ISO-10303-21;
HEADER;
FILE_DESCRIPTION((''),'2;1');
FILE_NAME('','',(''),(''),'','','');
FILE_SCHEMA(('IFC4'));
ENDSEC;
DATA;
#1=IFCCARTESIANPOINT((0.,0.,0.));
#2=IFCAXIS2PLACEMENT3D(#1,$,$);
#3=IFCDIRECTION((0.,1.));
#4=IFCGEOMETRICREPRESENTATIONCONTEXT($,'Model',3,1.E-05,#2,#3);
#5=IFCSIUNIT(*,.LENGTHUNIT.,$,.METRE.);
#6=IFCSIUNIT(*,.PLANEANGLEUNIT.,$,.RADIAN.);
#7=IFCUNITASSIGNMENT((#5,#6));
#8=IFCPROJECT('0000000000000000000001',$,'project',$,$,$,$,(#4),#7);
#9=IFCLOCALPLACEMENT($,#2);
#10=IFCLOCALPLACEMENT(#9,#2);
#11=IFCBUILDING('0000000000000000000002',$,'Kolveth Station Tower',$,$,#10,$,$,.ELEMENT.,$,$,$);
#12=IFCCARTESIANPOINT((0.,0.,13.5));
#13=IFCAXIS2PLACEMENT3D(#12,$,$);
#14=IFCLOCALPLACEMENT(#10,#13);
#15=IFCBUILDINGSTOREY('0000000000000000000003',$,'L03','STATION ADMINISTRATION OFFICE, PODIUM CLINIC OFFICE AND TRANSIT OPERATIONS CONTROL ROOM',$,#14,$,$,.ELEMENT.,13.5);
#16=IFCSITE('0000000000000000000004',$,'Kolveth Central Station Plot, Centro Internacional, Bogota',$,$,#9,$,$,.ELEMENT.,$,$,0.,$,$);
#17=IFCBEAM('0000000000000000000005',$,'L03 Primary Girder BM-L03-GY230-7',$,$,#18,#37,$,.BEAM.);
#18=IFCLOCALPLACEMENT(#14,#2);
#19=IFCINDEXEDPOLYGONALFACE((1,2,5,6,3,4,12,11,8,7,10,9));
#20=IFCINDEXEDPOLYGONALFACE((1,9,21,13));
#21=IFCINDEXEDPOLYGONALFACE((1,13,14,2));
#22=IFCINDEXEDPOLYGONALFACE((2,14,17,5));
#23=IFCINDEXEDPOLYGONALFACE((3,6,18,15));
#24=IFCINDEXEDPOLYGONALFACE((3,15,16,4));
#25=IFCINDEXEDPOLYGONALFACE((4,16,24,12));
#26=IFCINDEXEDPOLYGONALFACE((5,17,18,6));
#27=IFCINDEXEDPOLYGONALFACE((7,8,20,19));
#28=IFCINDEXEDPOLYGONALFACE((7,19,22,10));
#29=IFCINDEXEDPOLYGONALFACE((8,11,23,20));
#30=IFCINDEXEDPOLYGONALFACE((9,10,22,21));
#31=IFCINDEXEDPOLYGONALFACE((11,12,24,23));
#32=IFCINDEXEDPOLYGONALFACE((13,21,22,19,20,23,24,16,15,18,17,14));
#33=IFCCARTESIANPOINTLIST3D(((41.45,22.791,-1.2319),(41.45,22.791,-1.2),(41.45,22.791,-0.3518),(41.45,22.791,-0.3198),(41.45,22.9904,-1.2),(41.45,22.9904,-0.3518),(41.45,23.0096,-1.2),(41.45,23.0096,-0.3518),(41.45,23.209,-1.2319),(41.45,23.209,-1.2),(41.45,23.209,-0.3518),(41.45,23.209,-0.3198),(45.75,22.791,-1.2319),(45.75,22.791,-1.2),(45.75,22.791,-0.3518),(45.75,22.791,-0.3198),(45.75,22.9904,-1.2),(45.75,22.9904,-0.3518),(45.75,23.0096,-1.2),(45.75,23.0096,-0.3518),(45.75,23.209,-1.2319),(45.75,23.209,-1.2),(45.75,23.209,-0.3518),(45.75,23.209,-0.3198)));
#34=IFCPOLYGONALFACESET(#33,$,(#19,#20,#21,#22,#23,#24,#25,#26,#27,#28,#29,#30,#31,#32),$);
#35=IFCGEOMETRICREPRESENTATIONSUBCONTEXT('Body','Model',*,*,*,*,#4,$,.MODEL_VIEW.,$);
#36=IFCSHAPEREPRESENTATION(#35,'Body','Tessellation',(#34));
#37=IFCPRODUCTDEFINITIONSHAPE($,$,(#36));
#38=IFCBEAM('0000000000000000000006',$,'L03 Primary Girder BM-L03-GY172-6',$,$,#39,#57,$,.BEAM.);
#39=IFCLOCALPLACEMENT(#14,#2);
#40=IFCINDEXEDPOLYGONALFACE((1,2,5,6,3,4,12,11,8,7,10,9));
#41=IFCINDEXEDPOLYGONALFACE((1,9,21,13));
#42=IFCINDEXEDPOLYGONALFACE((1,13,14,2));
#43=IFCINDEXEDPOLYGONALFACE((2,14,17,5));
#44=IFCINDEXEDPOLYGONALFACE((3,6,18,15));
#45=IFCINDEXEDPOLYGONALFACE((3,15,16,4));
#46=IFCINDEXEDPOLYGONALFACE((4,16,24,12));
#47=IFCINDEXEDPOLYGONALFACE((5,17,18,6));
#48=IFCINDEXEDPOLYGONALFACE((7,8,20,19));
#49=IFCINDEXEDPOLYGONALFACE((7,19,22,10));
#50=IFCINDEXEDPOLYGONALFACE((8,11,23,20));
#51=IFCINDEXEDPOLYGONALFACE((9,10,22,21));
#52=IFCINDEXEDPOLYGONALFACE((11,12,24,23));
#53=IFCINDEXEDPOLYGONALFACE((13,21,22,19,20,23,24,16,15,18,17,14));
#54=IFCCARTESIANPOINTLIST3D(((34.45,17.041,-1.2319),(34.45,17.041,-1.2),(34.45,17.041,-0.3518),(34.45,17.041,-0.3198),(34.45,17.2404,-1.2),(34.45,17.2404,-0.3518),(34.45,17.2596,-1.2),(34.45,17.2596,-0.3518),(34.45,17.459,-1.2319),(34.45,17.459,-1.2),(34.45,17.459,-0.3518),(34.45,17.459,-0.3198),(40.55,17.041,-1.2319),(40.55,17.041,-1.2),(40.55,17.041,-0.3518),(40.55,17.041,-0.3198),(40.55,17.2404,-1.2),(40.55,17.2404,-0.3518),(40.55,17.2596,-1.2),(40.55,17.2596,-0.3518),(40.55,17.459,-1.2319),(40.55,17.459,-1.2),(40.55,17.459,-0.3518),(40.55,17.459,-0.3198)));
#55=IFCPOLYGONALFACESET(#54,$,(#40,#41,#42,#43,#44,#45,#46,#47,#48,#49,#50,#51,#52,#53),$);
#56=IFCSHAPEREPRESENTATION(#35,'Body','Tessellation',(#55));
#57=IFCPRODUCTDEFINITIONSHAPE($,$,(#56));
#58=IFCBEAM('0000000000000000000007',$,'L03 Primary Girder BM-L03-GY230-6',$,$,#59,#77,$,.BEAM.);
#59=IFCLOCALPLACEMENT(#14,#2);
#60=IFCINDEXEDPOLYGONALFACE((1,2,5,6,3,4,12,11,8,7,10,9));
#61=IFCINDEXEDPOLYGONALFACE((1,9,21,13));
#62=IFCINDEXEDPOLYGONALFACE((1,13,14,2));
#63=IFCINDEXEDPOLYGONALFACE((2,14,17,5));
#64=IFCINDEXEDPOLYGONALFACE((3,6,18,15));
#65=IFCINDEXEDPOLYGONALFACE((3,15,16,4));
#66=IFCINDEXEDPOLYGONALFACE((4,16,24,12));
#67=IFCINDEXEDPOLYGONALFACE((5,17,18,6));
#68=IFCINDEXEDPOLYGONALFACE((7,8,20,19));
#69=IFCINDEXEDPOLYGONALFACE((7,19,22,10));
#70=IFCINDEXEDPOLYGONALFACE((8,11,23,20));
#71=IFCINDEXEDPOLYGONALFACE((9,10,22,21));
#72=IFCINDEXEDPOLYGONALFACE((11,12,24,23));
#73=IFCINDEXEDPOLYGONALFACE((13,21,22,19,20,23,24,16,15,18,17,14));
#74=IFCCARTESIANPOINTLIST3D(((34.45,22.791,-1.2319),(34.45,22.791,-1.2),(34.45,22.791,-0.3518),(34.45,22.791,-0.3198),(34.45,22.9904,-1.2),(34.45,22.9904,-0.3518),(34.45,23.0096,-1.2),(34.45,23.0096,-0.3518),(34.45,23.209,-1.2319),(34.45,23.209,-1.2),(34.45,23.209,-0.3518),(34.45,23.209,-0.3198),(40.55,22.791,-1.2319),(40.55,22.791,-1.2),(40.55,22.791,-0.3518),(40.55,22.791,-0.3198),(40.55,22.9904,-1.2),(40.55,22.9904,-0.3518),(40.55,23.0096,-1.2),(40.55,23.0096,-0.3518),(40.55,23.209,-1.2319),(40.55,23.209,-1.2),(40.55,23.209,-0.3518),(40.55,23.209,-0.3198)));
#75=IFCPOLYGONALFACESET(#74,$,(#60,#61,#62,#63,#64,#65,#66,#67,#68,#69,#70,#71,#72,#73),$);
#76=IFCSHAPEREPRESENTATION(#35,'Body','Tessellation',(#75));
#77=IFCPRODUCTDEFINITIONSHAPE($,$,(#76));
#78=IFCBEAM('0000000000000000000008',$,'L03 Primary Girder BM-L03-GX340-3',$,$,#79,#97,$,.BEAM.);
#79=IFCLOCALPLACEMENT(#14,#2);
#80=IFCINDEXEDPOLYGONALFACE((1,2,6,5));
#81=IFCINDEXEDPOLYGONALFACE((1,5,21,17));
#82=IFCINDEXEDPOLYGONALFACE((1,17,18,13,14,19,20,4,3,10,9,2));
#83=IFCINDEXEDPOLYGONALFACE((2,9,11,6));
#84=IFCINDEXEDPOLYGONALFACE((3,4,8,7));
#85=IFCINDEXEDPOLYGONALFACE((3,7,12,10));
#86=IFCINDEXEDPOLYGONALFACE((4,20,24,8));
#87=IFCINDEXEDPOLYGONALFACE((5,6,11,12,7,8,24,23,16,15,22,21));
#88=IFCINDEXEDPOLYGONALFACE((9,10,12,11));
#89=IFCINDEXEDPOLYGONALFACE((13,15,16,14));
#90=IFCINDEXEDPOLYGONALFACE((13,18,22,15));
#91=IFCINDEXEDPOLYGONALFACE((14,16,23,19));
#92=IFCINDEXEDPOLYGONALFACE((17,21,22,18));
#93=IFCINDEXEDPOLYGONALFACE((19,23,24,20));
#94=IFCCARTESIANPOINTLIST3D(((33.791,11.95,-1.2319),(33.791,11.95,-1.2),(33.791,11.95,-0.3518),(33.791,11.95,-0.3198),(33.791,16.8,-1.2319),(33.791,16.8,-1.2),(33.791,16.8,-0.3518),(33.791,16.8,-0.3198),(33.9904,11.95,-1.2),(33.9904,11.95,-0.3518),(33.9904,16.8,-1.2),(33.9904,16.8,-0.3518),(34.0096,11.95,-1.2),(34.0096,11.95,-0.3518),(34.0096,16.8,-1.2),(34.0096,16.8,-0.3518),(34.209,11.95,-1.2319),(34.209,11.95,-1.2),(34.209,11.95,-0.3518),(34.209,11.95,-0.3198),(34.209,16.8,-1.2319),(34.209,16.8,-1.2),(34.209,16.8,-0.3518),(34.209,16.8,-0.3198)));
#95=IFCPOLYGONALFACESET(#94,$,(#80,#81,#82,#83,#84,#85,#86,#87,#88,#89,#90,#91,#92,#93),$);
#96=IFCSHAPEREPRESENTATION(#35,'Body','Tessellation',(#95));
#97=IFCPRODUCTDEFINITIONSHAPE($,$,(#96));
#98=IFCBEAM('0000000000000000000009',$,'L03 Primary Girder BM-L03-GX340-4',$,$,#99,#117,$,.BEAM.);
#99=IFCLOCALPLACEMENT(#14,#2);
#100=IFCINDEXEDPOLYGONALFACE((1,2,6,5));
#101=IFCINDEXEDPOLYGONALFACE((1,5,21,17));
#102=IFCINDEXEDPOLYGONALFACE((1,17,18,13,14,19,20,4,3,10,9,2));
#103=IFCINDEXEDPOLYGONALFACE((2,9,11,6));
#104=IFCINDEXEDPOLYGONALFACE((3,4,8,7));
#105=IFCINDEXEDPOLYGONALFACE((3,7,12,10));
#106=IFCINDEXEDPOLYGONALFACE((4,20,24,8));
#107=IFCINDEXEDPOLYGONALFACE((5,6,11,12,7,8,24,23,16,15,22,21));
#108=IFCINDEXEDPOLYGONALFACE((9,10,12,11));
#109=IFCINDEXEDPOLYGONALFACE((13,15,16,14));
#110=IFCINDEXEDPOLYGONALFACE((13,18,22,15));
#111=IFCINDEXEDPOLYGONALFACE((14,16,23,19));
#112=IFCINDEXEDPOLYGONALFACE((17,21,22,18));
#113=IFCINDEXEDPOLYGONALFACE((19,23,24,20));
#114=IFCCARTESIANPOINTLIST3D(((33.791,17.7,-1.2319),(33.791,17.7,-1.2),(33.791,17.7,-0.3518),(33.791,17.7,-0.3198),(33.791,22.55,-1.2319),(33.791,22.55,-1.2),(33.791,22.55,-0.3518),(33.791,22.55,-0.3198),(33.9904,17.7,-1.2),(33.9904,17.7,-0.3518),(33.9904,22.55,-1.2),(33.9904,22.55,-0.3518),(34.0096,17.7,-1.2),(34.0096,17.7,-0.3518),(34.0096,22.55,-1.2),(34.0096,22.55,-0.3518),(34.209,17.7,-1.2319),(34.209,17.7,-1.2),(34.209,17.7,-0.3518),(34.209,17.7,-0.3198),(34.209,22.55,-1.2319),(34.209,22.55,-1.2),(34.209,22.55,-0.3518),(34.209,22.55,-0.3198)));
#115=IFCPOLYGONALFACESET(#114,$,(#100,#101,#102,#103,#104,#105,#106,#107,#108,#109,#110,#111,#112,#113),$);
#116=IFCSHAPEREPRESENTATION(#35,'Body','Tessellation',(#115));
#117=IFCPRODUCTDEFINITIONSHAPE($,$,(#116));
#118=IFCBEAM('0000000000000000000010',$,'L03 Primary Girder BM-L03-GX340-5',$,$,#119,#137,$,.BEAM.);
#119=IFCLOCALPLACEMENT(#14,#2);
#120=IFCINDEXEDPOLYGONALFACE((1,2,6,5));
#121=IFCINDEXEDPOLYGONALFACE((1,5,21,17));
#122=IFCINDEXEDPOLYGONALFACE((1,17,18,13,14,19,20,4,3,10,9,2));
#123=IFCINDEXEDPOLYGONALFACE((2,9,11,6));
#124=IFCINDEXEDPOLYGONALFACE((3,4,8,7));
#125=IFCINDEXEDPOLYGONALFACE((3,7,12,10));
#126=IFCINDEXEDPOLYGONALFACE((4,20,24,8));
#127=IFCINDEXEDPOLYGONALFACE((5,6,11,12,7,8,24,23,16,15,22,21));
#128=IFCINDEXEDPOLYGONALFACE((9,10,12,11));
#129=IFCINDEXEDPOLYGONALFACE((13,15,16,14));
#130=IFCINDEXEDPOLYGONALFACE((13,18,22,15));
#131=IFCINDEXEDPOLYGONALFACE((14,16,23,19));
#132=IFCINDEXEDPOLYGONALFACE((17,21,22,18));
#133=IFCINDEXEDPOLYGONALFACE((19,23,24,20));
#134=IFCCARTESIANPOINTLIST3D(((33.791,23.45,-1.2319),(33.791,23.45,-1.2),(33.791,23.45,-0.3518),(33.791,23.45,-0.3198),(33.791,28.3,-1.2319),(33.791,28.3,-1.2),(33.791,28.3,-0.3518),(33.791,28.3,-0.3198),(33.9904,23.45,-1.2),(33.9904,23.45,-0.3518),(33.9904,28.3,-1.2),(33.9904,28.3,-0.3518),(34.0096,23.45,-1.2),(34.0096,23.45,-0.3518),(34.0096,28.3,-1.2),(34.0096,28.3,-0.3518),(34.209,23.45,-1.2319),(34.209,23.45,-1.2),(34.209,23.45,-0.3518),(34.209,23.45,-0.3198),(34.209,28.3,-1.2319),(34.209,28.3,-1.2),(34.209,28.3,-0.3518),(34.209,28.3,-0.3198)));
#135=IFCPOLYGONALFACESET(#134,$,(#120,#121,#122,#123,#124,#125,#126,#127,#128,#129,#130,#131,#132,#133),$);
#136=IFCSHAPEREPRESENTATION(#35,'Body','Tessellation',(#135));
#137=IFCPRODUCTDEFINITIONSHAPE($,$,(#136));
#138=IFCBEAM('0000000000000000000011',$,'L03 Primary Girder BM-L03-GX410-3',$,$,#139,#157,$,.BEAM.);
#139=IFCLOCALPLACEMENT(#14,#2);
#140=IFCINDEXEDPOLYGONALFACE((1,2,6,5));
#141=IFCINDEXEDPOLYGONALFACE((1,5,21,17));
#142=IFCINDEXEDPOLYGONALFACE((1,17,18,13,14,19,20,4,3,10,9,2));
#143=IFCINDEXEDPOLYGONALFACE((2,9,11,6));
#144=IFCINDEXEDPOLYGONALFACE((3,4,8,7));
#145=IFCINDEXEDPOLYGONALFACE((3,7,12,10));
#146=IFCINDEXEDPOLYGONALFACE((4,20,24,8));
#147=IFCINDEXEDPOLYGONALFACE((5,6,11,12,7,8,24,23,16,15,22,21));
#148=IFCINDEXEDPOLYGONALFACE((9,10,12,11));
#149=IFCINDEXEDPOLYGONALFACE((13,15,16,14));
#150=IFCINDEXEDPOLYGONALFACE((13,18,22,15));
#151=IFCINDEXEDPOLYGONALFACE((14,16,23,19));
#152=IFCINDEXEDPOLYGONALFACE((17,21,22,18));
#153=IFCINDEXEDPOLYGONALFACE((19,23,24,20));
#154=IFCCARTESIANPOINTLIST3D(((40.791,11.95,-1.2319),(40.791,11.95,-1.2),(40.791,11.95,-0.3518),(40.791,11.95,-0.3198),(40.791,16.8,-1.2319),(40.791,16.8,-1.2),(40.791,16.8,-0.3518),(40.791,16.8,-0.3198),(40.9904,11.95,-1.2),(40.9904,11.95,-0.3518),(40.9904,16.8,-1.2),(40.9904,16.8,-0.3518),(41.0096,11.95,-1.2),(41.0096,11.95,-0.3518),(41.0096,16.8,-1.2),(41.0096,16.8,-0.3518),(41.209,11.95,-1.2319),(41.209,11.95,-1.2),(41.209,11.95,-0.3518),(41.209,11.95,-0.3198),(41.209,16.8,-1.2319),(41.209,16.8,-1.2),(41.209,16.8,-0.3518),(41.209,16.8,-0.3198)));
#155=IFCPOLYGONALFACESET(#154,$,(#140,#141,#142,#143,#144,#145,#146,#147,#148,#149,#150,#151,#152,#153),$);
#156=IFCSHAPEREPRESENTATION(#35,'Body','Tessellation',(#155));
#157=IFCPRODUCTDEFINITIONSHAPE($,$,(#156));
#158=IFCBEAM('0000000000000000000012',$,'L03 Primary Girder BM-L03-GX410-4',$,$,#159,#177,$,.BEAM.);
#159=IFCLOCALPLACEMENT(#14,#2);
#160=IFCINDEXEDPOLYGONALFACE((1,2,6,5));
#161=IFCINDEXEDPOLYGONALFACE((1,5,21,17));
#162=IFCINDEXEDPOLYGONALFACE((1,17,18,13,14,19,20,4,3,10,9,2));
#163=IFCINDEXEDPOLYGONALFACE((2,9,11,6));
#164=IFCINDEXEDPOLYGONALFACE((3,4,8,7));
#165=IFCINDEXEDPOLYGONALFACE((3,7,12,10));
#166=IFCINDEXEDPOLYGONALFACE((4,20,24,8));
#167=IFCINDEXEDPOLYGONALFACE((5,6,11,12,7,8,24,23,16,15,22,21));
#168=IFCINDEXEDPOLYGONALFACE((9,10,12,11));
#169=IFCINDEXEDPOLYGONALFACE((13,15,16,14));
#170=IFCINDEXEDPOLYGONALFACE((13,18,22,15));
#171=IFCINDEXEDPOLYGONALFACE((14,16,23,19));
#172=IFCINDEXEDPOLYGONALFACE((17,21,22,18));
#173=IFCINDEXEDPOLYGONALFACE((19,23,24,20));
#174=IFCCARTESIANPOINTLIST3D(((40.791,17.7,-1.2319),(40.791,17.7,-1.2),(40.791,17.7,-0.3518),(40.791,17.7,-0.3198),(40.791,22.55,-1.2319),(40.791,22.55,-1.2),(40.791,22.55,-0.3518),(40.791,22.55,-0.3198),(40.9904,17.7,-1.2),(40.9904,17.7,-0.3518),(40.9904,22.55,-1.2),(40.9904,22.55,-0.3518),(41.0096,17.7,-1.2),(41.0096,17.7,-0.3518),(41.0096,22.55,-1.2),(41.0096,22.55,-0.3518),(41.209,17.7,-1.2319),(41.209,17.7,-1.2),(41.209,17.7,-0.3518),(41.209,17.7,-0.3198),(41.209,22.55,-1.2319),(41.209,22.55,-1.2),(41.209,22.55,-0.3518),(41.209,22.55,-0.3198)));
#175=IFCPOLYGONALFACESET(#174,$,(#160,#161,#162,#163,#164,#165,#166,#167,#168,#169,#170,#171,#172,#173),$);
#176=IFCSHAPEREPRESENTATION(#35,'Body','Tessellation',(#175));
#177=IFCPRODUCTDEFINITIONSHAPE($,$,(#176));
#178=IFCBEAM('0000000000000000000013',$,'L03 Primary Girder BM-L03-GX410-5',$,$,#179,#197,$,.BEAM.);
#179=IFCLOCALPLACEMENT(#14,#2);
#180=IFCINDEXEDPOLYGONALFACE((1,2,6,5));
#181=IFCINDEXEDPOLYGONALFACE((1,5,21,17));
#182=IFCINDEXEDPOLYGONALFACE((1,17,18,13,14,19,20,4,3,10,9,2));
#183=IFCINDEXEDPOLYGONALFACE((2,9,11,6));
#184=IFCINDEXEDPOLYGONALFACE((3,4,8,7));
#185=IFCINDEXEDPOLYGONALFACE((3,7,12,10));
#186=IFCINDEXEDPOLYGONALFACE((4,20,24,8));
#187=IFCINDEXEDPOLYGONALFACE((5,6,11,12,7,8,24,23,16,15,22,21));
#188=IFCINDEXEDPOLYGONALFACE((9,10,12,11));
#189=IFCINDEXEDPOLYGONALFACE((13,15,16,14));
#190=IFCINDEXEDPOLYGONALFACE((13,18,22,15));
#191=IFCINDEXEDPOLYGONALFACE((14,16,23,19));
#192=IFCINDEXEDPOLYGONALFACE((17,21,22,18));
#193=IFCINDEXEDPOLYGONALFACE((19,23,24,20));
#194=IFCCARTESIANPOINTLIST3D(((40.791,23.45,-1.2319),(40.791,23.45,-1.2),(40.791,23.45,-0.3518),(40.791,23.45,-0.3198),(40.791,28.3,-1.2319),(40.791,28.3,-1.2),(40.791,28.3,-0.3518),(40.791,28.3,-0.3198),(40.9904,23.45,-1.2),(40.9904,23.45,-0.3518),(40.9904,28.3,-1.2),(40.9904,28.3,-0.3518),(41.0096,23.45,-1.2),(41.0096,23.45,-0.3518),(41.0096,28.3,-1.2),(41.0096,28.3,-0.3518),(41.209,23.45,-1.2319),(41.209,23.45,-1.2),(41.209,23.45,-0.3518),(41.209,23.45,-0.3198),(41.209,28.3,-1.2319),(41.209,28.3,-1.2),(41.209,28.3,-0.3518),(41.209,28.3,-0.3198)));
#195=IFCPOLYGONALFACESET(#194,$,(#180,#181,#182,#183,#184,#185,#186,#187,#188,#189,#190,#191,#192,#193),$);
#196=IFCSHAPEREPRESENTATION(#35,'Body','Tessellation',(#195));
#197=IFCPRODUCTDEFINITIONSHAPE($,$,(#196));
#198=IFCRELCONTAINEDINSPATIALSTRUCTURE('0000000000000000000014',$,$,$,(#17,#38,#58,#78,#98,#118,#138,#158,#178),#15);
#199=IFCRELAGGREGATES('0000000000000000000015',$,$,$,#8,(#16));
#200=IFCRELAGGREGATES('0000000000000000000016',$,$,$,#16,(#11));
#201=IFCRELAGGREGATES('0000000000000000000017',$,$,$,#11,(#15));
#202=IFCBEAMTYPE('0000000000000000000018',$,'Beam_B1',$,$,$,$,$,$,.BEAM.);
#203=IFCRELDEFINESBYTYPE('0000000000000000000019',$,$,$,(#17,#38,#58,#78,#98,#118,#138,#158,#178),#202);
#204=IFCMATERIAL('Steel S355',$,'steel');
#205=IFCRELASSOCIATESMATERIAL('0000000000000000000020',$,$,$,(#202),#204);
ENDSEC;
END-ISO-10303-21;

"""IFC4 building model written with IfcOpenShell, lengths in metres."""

from ifc_helpers import new_model, si_unit, direction, frame, origin, origin_2d, place, context, subcontext, project, spatial, i_section, extrude, source, transform, mapped, material, material_profile, profile_set, type_object, element, save


model = new_model("IFC4")

# Units and contexts
model_context = context("Model", 3, precision=1e-05, world=origin(), true_north=direction((0.0, 1.0)))
body_context = subcontext(model_context, "Body", "Model", "MODEL_VIEW")
ifc_project = project(units=[si_unit("LENGTHUNIT", "METRE"), si_unit("PLANEANGLEUNIT", "RADIAN")], contexts=[model_context])

# Site, building, storey
site_placement = place(None, origin())
site = spatial("IfcSite", under=ifc_project, at=site_placement, Name="Kolveth Central Station Plot, Centro Internacional, Bogota", CompositionType="ELEMENT", RefElevation=0.0)
building_placement = place(site_placement, origin())
building = spatial("IfcBuilding", under=site, at=building_placement, Name="Kolveth Station Tower", CompositionType="ELEMENT")
storey_placement = place(building_placement, frame((0.0, 0.0, 13.5)))
storey = spatial("IfcBuildingStorey", under=building, at=storey_placement, Name="L03", Description="STATION ADMINISTRATION OFFICE, PODIUM CLINIC OFFICE AND TRANSIT OPERATIONS CONTROL ROOM", CompositionType="ELEMENT", Elevation=13.5)

# Beams
ifc_material_1 = material(Name="Steel S355", Category="steel")
ifc_material_profile_1 = material_profile(ifc_material_1, i_section(OverallWidth=0.418, OverallDepth=0.9121, WebThickness=0.0193, FlangeThickness=0.032, at=origin_2d()), Name="W920x342")
ifc_profile_set_1 = profile_set([ifc_material_profile_1], Name="Steel S355")
beam_type_1 = type_object("IfcBeamType", Name="Beam_B1", PredefinedType="BEAM", material=ifc_profile_set_1)
shared_shape_1 = source(origin(), body_context, "Body", "SweptSolid", [
    extrude(i_section(OverallWidth=0.418, OverallDepth=0.9121, WebThickness=0.0193, FlangeThickness=0.032, at=origin_2d()), origin(), (0.0, 0.0, 1.0), 4.3),
])
for number, where, z_axis, x_axis, name in (
    (1, (41.45, 23.0, -0.7759), (1.0, 0.0, 0.0), (0.0, 1.0, 0.0), "L03 Primary Girder BM-L03-GY230-7"),
):
    element("IfcBeam", number, at=place(storey_placement, frame(where, z_axis=z_axis, x_axis=x_axis)), inside=storey, type_object=beam_type_1, Name=name, PredefinedType="BEAM", context=body_context, shape_type="MappedRepresentation", body=[
        mapped(shared_shape_1, transform((0.0, 0.0, 0.0), x_axis=(1.0, 0.0, 0.0), y_axis=(0.0, 1.0, 0.0), z_axis=(0.0, 0.0, 1.0), scale=1.0)),
    ])
shared_shape_2 = source(origin(), body_context, "Body", "SweptSolid", [
    extrude(i_section(OverallWidth=0.418, OverallDepth=0.9121, WebThickness=0.0193, FlangeThickness=0.032, at=origin_2d()), origin(), (0.0, 0.0, 1.0), 6.1001),
])
for number, where, z_axis, x_axis, name in (
    (2, (34.45, 17.25, -0.7759), (1.0, 0.0, 0.0), (0.0, 1.0, 0.0), "L03 Primary Girder BM-L03-GY172-6"),
    (3, (34.45, 23.0, -0.7759), (1.0, 0.0, 0.0), (0.0, 1.0, 0.0), "L03 Primary Girder BM-L03-GY230-6"),
):
    element("IfcBeam", number, at=place(storey_placement, frame(where, z_axis=z_axis, x_axis=x_axis)), inside=storey, type_object=beam_type_1, Name=name, PredefinedType="BEAM", context=body_context, shape_type="MappedRepresentation", body=[
        mapped(shared_shape_2, transform((0.0, 0.0, 0.0), x_axis=(1.0, 0.0, 0.0), y_axis=(0.0, 1.0, 0.0), z_axis=(0.0, 0.0, 1.0), scale=1.0)),
    ])
shared_shape_3 = source(origin(), body_context, "Body", "SweptSolid", [
    extrude(i_section(OverallWidth=0.418, OverallDepth=0.9121, WebThickness=0.0193, FlangeThickness=0.032, at=origin_2d()), origin(), (0.0, 0.0, 1.0), 4.8501),
])
for number, where, z_axis, x_axis, name in (
    (4, (34.0, 11.95, -0.7759), (0.0, 1.0, 0.0), (-1.0, 0.0, 0.0), "L03 Primary Girder BM-L03-GX340-3"),
    (5, (34.0, 17.7, -0.7759), (0.0, 1.0, 0.0), (-1.0, 0.0, 0.0), "L03 Primary Girder BM-L03-GX340-4"),
    (6, (34.0, 23.45, -0.7759), (0.0, 1.0, 0.0), (-1.0, 0.0, 0.0), "L03 Primary Girder BM-L03-GX340-5"),
    (7, (41.0, 11.95, -0.7759), (0.0, 1.0, 0.0), (-1.0, 0.0, 0.0), "L03 Primary Girder BM-L03-GX410-3"),
    (8, (41.0, 17.7, -0.7759), (0.0, 1.0, 0.0), (-1.0, 0.0, 0.0), "L03 Primary Girder BM-L03-GX410-4"),
    (9, (41.0, 23.45, -0.7759), (0.0, 1.0, 0.0), (-1.0, 0.0, 0.0), "L03 Primary Girder BM-L03-GX410-5"),
):
    element("IfcBeam", number, at=place(storey_placement, frame(where, z_axis=z_axis, x_axis=x_axis)), inside=storey, type_object=beam_type_1, Name=name, PredefinedType="BEAM", context=body_context, shape_type="MappedRepresentation", body=[
        mapped(shared_shape_3, transform((0.0, 0.0, 0.0), x_axis=(1.0, 0.0, 0.0), y_axis=(0.0, 1.0, 0.0), z_axis=(0.0, 0.0, 1.0), scale=1.0)),
    ])

save(model, "model.ifc")
